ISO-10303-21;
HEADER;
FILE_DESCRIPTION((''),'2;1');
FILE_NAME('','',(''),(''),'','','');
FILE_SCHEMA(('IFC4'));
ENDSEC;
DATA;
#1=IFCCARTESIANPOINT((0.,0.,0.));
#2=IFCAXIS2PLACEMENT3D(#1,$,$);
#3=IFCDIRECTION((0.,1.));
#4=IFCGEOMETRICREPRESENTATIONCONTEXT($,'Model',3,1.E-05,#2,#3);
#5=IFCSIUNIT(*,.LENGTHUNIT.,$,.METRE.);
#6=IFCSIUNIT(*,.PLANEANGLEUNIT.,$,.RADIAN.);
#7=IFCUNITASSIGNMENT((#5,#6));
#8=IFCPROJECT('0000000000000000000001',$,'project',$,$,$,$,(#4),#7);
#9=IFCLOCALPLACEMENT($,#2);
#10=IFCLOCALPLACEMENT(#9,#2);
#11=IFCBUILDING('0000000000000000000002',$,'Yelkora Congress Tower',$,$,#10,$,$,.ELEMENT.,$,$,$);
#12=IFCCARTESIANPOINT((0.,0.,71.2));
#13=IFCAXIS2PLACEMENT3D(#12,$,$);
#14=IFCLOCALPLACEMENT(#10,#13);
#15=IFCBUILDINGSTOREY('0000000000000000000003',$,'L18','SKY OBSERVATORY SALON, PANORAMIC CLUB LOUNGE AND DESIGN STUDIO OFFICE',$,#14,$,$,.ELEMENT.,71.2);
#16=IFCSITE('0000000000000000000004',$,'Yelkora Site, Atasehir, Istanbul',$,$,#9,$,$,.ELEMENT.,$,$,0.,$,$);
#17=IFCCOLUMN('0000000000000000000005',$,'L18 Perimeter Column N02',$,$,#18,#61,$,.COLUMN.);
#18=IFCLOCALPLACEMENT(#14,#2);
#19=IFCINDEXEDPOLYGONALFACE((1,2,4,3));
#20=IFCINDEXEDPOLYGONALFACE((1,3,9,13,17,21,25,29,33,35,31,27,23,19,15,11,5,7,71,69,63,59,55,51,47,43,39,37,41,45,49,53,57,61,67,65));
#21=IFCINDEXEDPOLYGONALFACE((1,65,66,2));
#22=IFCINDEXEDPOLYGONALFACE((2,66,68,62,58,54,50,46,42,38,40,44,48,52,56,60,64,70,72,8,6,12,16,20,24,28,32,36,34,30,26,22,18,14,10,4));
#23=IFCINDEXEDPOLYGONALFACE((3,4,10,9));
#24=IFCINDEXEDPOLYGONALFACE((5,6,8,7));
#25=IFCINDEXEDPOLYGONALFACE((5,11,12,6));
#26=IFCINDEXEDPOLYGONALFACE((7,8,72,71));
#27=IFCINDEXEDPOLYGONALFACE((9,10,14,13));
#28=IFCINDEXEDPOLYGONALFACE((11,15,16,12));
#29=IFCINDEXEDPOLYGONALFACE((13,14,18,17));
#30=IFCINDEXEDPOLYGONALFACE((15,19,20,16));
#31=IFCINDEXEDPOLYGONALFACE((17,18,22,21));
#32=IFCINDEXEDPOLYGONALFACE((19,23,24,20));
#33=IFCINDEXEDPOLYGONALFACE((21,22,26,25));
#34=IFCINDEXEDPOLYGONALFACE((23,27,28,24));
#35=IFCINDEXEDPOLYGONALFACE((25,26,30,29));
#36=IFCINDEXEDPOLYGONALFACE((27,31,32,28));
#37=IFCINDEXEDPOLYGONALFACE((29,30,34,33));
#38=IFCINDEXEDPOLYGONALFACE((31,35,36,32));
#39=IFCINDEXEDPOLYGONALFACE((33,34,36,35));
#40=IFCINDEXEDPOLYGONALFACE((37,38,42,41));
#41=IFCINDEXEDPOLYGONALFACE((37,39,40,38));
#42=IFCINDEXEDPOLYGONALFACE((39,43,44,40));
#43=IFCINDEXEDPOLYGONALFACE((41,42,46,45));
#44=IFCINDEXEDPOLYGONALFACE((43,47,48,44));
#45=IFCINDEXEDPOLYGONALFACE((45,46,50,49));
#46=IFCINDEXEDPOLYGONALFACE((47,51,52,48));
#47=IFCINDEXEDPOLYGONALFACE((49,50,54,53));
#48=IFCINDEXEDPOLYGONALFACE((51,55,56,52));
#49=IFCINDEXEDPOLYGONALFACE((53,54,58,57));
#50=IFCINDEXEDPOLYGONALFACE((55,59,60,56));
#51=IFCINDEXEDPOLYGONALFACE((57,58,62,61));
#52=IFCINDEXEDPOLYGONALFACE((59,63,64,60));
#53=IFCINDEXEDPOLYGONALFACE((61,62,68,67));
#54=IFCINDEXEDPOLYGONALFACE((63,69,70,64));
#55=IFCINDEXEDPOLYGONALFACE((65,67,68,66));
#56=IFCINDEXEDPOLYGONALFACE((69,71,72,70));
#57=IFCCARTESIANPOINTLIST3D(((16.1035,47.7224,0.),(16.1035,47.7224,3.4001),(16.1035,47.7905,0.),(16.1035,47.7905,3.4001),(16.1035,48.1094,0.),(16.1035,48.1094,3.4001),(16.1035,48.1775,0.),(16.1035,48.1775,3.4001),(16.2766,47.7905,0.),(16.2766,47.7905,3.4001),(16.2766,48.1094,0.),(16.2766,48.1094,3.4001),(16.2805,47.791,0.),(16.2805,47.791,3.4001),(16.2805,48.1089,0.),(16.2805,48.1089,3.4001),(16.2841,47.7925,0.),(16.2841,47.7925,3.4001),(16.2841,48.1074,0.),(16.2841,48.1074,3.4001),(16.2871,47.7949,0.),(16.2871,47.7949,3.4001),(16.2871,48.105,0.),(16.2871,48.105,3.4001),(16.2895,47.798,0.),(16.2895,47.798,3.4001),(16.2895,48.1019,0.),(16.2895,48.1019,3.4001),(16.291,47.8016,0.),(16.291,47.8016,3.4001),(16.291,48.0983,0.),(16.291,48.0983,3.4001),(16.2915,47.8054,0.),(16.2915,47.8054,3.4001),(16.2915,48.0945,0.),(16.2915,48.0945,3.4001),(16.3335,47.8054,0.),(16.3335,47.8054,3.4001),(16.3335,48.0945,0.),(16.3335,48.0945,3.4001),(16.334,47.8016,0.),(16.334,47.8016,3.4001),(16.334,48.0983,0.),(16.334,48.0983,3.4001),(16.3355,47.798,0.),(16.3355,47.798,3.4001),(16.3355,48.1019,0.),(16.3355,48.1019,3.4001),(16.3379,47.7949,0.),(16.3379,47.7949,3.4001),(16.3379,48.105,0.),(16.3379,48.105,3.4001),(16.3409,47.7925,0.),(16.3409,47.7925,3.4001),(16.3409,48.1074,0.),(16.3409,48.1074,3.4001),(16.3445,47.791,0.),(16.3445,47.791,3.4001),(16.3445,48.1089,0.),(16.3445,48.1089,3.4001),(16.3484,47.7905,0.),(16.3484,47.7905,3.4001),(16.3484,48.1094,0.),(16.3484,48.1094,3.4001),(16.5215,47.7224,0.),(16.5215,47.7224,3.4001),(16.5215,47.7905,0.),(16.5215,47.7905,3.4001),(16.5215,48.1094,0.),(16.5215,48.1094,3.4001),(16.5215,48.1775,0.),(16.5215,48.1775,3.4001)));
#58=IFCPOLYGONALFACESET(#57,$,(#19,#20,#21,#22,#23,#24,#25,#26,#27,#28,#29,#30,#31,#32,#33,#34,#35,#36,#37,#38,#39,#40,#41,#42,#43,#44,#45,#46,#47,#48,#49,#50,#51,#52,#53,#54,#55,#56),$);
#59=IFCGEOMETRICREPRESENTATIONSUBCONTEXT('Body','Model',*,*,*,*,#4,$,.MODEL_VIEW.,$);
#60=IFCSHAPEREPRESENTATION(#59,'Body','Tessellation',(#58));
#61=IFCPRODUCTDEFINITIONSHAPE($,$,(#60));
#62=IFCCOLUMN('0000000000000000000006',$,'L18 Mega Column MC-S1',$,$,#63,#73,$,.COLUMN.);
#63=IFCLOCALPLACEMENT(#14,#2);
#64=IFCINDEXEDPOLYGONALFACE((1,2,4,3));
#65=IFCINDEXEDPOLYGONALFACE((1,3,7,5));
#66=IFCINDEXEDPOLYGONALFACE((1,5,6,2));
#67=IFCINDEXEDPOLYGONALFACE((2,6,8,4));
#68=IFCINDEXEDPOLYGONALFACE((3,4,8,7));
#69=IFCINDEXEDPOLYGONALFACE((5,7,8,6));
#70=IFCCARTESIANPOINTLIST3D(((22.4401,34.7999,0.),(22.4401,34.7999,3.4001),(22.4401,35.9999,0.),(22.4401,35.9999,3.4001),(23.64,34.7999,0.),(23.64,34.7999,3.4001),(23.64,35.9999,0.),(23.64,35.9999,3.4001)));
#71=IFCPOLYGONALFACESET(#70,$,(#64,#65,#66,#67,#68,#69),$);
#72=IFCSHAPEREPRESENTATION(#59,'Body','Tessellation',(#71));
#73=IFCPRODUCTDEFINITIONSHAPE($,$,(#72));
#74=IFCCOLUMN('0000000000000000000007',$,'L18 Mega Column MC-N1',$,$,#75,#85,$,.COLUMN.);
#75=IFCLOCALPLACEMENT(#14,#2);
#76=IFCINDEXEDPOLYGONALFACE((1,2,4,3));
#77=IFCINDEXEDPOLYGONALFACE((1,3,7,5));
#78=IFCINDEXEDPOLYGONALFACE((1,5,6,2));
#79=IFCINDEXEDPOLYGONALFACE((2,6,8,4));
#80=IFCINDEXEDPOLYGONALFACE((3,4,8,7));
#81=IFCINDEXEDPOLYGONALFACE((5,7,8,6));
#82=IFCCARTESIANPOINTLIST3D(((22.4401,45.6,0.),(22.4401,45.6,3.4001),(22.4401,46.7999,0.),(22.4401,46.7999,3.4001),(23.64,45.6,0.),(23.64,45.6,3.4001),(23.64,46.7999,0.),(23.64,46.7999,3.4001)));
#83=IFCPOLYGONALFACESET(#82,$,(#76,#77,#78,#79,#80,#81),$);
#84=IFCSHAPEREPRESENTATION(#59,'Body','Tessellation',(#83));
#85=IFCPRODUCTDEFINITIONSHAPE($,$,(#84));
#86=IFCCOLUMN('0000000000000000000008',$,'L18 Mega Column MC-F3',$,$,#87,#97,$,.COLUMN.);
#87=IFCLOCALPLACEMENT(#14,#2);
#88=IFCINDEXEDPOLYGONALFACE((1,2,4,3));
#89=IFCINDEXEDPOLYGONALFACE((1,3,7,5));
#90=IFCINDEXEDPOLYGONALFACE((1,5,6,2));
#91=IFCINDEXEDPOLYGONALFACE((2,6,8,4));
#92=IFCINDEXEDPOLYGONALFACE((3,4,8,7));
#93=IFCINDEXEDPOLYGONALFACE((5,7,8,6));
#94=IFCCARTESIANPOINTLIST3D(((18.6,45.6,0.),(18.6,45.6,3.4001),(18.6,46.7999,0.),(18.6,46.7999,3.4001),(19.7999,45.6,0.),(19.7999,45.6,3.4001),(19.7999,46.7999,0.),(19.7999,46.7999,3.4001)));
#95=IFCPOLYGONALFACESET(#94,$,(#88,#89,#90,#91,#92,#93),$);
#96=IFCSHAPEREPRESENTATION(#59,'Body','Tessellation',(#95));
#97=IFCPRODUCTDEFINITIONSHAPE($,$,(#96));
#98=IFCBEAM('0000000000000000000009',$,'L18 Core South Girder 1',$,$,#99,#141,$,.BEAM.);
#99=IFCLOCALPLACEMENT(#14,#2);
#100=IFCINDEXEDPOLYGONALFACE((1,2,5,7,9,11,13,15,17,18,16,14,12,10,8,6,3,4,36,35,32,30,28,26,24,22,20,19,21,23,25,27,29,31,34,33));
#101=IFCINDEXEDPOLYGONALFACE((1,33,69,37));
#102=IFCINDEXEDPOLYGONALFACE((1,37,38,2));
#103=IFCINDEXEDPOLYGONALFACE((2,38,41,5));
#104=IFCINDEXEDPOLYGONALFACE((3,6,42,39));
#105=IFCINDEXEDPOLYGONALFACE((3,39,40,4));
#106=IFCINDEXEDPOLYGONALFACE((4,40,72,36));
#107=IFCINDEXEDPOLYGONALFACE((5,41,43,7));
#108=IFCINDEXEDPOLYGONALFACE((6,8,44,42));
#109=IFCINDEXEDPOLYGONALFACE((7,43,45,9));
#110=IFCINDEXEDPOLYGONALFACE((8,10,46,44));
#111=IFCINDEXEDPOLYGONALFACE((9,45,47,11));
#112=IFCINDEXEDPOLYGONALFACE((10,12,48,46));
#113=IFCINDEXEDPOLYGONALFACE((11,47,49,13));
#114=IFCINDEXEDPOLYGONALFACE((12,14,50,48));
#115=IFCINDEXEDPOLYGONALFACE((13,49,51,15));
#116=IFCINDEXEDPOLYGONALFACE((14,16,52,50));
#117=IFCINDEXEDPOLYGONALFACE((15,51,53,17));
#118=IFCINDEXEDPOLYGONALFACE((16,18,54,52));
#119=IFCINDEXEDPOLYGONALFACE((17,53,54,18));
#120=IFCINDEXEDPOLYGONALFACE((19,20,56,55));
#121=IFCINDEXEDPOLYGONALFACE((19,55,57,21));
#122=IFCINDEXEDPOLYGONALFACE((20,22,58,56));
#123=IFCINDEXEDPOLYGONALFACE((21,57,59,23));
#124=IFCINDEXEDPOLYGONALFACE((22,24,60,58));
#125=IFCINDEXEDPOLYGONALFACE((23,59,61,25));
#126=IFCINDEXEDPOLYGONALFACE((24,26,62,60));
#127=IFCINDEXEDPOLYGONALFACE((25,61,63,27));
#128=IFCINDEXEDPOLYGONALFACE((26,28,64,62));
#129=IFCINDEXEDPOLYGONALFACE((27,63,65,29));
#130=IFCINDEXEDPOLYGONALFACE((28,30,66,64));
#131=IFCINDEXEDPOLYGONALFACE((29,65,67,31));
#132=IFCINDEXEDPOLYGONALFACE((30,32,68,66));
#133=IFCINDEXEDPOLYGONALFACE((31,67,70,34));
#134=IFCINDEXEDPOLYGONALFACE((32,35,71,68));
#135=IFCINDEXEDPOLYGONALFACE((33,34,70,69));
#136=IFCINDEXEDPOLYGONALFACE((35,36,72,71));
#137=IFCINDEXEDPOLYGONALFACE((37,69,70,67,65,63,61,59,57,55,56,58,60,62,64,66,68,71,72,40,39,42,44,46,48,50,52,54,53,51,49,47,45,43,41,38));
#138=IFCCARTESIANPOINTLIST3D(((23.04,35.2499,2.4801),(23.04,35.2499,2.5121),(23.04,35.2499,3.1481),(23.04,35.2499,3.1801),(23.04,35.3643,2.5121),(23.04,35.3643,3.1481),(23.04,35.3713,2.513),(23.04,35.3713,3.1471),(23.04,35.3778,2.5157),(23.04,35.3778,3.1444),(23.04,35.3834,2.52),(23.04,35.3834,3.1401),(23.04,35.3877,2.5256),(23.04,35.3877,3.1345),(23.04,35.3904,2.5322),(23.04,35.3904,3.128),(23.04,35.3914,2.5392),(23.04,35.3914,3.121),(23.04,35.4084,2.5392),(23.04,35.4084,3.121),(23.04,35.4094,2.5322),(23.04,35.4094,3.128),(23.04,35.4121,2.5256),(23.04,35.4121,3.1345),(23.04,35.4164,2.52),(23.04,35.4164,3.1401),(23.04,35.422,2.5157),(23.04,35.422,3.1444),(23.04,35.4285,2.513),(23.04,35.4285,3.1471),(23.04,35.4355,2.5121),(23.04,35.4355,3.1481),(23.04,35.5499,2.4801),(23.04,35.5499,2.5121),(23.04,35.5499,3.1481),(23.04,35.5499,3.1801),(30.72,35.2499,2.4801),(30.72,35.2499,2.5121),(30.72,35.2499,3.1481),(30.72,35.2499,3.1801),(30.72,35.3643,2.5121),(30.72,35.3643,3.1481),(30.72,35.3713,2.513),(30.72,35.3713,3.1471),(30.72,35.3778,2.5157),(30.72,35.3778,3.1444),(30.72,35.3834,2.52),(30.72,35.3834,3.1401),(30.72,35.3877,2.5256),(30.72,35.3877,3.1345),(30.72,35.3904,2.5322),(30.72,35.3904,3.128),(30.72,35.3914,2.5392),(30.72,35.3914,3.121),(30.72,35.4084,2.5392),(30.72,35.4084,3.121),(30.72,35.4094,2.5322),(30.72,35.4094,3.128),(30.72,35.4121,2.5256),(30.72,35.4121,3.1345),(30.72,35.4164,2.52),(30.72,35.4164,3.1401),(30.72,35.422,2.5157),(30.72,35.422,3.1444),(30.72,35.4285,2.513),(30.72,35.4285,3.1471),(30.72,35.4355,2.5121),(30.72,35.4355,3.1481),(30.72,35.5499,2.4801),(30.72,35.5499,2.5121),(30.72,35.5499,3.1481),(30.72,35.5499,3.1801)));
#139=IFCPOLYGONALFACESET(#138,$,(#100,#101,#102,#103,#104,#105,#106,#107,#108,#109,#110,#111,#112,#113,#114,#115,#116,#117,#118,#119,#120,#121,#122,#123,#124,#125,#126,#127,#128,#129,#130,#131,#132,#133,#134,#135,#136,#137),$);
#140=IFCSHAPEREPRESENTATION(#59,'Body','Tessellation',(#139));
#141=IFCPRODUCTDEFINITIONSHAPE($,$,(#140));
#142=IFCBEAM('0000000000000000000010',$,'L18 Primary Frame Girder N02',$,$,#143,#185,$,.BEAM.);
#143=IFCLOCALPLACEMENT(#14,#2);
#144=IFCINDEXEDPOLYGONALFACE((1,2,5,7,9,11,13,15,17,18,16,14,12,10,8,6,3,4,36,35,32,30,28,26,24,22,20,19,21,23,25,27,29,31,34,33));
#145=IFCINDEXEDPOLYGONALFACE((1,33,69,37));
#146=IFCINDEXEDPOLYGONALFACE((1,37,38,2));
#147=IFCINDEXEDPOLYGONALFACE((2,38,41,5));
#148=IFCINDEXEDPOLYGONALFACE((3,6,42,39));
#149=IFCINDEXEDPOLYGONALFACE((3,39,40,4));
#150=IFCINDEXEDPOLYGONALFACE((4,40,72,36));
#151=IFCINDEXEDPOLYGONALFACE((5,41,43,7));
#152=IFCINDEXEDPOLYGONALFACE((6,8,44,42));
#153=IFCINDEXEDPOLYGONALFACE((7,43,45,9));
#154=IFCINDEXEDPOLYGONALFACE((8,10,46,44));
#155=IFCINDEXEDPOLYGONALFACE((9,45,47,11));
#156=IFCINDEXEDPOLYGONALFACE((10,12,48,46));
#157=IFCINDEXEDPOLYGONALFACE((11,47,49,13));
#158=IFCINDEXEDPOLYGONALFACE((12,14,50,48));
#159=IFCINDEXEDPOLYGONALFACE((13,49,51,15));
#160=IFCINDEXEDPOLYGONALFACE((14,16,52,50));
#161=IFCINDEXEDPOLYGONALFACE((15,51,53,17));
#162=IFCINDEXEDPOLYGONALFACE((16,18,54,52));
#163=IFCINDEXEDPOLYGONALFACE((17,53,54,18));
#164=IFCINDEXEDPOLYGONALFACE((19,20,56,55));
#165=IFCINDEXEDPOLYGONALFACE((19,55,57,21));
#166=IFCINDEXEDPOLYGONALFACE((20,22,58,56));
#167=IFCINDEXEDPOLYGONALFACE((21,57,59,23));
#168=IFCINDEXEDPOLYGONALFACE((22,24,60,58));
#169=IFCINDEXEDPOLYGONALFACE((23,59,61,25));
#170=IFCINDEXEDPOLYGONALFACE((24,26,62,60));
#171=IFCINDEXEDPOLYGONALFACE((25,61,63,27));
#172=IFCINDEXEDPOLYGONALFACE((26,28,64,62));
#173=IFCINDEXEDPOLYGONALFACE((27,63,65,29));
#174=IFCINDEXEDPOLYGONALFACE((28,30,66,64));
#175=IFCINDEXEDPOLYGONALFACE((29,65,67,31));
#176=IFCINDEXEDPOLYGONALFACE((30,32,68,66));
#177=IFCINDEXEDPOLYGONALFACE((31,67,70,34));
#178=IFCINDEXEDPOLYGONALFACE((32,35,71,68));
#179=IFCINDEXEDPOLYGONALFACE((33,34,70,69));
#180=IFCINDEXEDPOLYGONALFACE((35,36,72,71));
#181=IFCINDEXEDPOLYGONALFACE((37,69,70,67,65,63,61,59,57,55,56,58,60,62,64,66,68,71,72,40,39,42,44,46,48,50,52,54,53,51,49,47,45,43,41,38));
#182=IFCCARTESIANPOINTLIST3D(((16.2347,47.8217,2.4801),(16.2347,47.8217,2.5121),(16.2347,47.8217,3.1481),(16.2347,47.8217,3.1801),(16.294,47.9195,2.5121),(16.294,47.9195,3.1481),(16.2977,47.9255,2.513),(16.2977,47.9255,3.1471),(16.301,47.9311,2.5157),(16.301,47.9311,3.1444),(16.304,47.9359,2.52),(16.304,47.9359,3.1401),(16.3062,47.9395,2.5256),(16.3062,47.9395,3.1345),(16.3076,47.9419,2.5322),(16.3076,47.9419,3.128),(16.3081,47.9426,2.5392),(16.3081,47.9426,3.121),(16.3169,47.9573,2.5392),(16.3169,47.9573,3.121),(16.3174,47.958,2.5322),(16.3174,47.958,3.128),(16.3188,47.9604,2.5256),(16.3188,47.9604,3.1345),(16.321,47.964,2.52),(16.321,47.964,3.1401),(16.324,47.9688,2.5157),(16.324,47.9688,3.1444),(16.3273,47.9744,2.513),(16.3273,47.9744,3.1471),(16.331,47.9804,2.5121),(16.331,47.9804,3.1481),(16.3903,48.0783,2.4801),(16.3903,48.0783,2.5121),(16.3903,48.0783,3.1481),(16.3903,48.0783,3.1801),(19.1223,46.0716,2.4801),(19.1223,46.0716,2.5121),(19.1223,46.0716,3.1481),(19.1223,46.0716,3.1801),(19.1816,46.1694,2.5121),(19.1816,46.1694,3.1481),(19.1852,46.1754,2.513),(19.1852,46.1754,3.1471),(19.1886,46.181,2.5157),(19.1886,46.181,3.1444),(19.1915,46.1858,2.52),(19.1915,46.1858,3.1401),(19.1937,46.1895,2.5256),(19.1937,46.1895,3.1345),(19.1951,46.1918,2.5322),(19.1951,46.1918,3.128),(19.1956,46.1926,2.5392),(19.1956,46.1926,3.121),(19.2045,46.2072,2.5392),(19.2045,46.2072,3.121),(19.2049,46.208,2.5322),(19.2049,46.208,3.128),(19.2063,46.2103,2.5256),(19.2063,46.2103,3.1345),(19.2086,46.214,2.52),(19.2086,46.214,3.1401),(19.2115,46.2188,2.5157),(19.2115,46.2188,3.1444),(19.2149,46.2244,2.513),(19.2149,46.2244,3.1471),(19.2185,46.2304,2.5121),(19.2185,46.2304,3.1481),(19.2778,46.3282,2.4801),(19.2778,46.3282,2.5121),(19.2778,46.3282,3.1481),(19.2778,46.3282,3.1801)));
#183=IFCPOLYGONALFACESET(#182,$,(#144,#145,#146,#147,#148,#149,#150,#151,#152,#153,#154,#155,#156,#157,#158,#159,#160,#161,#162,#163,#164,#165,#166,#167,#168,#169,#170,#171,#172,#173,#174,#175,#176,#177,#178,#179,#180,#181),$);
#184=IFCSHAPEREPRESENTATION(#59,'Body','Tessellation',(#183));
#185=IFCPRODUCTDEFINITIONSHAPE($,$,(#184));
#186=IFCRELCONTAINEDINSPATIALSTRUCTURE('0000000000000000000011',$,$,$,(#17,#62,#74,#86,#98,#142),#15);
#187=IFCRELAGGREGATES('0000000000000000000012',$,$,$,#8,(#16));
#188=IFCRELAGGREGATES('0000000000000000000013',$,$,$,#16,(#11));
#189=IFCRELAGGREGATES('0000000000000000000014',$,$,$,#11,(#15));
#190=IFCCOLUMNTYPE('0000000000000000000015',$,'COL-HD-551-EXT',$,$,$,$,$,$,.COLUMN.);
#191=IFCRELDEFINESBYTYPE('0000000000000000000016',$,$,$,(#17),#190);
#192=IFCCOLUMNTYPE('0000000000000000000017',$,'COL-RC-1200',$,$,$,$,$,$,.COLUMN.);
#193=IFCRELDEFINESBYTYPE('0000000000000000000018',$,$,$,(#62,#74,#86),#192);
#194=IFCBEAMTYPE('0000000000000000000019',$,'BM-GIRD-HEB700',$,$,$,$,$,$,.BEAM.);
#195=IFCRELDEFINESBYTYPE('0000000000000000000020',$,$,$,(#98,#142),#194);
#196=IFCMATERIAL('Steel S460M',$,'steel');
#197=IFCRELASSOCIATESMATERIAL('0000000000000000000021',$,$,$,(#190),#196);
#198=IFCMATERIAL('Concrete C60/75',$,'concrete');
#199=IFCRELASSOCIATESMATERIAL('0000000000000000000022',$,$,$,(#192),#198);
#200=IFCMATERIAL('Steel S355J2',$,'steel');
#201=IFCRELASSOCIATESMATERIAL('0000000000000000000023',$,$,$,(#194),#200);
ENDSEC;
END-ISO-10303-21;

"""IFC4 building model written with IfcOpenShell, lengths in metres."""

from ifc_helpers import new_model, si_unit, direction, frame, origin, origin_2d, place, context, subcontext, project, spatial, rectangle, i_section, extrude, material, material_profile, profile_set, type_object, element, save


model = new_model("IFC4")

# Units and contexts
model_context = context("Model", 3, precision=1e-05, world=origin(), true_north=direction((0.0, 1.0)))
body_context = subcontext(model_context, "Body", "Model", "MODEL_VIEW")
ifc_project = project(units=[si_unit("LENGTHUNIT", "METRE"), si_unit("PLANEANGLEUNIT", "RADIAN")], contexts=[model_context])

# Site, building, storey
site_placement = place(None, origin())
site = spatial("IfcSite", under=ifc_project, at=site_placement, Name="Yelkora Site, Atasehir, Istanbul", CompositionType="ELEMENT", RefElevation=0.0)
building_placement = place(site_placement, origin())
building = spatial("IfcBuilding", under=site, at=building_placement, Name="Yelkora Congress Tower", CompositionType="ELEMENT")
storey_placement = place(building_placement, frame((0.0, 0.0, 71.2)))
storey = spatial("IfcBuildingStorey", under=building, at=storey_placement, Name="L18", Description="SKY OBSERVATORY SALON, PANORAMIC CLUB LOUNGE AND DESIGN STUDIO OFFICE", CompositionType="ELEMENT", Elevation=71.2)

# Columns
ifc_material_1 = material(Name="Steel S460M", Category="steel")
ifc_material_profile_1 = material_profile(ifc_material_1, i_section(OverallWidth=0.418, OverallDepth=0.4551, WebThickness=0.042, FlangeThickness=0.0681, FilletRadius=0.0149, at=origin_2d()), Name="HD 400x551")
ifc_profile_set_1 = profile_set([ifc_material_profile_1], Name="Steel S460M")
column_type_1 = type_object("IfcColumnType", Name="COL-HD-551-EXT", PredefinedType="COLUMN", material=ifc_profile_set_1)
column_placement = place(storey_placement, frame((16.3125, 47.95, 0.0), z_axis=(0.0, 0.0, 1.0), x_axis=(1.0, 0.0, 0.0)))
element("IfcColumn", 1, at=column_placement, inside=storey, type_object=column_type_1, Name="L18 Perimeter Column N02", PredefinedType="COLUMN", context=body_context, shape_type="SweptSolid", body=[
    extrude(i_section(OverallWidth=0.418, OverallDepth=0.4551, WebThickness=0.042, FlangeThickness=0.0681, FilletRadius=0.0149, at=origin_2d()), origin(), (0.0, 0.0, 1.0), 3.4001),
])
ifc_material_2 = material(Name="Concrete C60/75", Category="concrete")
ifc_material_profile_2 = material_profile(ifc_material_2, rectangle(XDim=1.2, YDim=1.2, at=origin_2d()), Name="RC 1200x1200")
ifc_profile_set_2 = profile_set([ifc_material_profile_2], Name="Concrete C60/75")
column_type_2 = type_object("IfcColumnType", Name="COL-RC-1200", PredefinedType="COLUMN", material=ifc_profile_set_2)
for number, where, z_axis, x_axis, name in (
    (2, (23.04, 35.3999, 0.0), (0.0, 0.0, 1.0), (1.0, 0.0, 0.0), "L18 Mega Column MC-S1"),
    (3, (23.04, 46.2, 0.0), (0.0, 0.0, 1.0), (1.0, 0.0, 0.0), "L18 Mega Column MC-N1"),
    (4, (19.2, 46.2, 0.0), (0.0, 0.0, 1.0), (1.0, 0.0, 0.0), "L18 Mega Column MC-F3"),
):
    element("IfcColumn", number, at=place(storey_placement, frame(where, z_axis=z_axis, x_axis=x_axis)), inside=storey, type_object=column_type_2, Name=name, PredefinedType="COLUMN", context=body_context, shape_type="SweptSolid", body=[
        extrude(rectangle(XDim=1.2, YDim=1.2, at=origin_2d()), origin(), (0.0, 0.0, 1.0), 3.4001),
    ])

# Beams
ifc_material_3 = material(Name="Steel S355J2", Category="steel")
ifc_material_profile_3 = material_profile(ifc_material_3, i_section(OverallWidth=0.3, OverallDepth=0.7, WebThickness=0.0171, FlangeThickness=0.032, FilletRadius=0.0271, at=origin_2d()), Name="HEB 700")
ifc_profile_set_3 = profile_set([ifc_material_profile_3], Name="Steel S355J2")
beam_type_1 = type_object("IfcBeamType", Name="BM-GIRD-HEB700", PredefinedType="BEAM", material=ifc_profile_set_3)
beam_1_placement = place(storey_placement, frame((23.04, 35.3999, 2.8301), z_axis=(1.0, 0.0, 0.0), x_axis=(0.0, 1.0, 0.0)))
element("IfcBeam", 5, at=beam_1_placement, inside=storey, type_object=beam_type_1, Name="L18 Core South Girder 1", PredefinedType="BEAM", context=body_context, shape_type="SweptSolid", body=[
    extrude(i_section(OverallWidth=0.3, OverallDepth=0.7, WebThickness=0.0171, FlangeThickness=0.032, FilletRadius=0.0271, at=origin_2d()), origin(), (0.0, 0.0, 1.0), 7.6799),
])
beam_2_placement = place(storey_placement, frame((16.3125, 47.95, 2.8301), z_axis=(0.855194, -0.518308, 0.0), x_axis=(0.518308, 0.855194, 0.0)))
element("IfcBeam", 6, at=beam_2_placement, inside=storey, type_object=beam_type_1, Name="L18 Primary Frame Girder N02", PredefinedType="BEAM", context=body_context, shape_type="SweptSolid", body=[
    extrude(i_section(OverallWidth=0.3, OverallDepth=0.7, WebThickness=0.0171, FlangeThickness=0.032, FilletRadius=0.0271, at=origin_2d()), origin(), (0.0, 0.0, 1.0), 3.3765),
])

save(model, "model.ifc")
